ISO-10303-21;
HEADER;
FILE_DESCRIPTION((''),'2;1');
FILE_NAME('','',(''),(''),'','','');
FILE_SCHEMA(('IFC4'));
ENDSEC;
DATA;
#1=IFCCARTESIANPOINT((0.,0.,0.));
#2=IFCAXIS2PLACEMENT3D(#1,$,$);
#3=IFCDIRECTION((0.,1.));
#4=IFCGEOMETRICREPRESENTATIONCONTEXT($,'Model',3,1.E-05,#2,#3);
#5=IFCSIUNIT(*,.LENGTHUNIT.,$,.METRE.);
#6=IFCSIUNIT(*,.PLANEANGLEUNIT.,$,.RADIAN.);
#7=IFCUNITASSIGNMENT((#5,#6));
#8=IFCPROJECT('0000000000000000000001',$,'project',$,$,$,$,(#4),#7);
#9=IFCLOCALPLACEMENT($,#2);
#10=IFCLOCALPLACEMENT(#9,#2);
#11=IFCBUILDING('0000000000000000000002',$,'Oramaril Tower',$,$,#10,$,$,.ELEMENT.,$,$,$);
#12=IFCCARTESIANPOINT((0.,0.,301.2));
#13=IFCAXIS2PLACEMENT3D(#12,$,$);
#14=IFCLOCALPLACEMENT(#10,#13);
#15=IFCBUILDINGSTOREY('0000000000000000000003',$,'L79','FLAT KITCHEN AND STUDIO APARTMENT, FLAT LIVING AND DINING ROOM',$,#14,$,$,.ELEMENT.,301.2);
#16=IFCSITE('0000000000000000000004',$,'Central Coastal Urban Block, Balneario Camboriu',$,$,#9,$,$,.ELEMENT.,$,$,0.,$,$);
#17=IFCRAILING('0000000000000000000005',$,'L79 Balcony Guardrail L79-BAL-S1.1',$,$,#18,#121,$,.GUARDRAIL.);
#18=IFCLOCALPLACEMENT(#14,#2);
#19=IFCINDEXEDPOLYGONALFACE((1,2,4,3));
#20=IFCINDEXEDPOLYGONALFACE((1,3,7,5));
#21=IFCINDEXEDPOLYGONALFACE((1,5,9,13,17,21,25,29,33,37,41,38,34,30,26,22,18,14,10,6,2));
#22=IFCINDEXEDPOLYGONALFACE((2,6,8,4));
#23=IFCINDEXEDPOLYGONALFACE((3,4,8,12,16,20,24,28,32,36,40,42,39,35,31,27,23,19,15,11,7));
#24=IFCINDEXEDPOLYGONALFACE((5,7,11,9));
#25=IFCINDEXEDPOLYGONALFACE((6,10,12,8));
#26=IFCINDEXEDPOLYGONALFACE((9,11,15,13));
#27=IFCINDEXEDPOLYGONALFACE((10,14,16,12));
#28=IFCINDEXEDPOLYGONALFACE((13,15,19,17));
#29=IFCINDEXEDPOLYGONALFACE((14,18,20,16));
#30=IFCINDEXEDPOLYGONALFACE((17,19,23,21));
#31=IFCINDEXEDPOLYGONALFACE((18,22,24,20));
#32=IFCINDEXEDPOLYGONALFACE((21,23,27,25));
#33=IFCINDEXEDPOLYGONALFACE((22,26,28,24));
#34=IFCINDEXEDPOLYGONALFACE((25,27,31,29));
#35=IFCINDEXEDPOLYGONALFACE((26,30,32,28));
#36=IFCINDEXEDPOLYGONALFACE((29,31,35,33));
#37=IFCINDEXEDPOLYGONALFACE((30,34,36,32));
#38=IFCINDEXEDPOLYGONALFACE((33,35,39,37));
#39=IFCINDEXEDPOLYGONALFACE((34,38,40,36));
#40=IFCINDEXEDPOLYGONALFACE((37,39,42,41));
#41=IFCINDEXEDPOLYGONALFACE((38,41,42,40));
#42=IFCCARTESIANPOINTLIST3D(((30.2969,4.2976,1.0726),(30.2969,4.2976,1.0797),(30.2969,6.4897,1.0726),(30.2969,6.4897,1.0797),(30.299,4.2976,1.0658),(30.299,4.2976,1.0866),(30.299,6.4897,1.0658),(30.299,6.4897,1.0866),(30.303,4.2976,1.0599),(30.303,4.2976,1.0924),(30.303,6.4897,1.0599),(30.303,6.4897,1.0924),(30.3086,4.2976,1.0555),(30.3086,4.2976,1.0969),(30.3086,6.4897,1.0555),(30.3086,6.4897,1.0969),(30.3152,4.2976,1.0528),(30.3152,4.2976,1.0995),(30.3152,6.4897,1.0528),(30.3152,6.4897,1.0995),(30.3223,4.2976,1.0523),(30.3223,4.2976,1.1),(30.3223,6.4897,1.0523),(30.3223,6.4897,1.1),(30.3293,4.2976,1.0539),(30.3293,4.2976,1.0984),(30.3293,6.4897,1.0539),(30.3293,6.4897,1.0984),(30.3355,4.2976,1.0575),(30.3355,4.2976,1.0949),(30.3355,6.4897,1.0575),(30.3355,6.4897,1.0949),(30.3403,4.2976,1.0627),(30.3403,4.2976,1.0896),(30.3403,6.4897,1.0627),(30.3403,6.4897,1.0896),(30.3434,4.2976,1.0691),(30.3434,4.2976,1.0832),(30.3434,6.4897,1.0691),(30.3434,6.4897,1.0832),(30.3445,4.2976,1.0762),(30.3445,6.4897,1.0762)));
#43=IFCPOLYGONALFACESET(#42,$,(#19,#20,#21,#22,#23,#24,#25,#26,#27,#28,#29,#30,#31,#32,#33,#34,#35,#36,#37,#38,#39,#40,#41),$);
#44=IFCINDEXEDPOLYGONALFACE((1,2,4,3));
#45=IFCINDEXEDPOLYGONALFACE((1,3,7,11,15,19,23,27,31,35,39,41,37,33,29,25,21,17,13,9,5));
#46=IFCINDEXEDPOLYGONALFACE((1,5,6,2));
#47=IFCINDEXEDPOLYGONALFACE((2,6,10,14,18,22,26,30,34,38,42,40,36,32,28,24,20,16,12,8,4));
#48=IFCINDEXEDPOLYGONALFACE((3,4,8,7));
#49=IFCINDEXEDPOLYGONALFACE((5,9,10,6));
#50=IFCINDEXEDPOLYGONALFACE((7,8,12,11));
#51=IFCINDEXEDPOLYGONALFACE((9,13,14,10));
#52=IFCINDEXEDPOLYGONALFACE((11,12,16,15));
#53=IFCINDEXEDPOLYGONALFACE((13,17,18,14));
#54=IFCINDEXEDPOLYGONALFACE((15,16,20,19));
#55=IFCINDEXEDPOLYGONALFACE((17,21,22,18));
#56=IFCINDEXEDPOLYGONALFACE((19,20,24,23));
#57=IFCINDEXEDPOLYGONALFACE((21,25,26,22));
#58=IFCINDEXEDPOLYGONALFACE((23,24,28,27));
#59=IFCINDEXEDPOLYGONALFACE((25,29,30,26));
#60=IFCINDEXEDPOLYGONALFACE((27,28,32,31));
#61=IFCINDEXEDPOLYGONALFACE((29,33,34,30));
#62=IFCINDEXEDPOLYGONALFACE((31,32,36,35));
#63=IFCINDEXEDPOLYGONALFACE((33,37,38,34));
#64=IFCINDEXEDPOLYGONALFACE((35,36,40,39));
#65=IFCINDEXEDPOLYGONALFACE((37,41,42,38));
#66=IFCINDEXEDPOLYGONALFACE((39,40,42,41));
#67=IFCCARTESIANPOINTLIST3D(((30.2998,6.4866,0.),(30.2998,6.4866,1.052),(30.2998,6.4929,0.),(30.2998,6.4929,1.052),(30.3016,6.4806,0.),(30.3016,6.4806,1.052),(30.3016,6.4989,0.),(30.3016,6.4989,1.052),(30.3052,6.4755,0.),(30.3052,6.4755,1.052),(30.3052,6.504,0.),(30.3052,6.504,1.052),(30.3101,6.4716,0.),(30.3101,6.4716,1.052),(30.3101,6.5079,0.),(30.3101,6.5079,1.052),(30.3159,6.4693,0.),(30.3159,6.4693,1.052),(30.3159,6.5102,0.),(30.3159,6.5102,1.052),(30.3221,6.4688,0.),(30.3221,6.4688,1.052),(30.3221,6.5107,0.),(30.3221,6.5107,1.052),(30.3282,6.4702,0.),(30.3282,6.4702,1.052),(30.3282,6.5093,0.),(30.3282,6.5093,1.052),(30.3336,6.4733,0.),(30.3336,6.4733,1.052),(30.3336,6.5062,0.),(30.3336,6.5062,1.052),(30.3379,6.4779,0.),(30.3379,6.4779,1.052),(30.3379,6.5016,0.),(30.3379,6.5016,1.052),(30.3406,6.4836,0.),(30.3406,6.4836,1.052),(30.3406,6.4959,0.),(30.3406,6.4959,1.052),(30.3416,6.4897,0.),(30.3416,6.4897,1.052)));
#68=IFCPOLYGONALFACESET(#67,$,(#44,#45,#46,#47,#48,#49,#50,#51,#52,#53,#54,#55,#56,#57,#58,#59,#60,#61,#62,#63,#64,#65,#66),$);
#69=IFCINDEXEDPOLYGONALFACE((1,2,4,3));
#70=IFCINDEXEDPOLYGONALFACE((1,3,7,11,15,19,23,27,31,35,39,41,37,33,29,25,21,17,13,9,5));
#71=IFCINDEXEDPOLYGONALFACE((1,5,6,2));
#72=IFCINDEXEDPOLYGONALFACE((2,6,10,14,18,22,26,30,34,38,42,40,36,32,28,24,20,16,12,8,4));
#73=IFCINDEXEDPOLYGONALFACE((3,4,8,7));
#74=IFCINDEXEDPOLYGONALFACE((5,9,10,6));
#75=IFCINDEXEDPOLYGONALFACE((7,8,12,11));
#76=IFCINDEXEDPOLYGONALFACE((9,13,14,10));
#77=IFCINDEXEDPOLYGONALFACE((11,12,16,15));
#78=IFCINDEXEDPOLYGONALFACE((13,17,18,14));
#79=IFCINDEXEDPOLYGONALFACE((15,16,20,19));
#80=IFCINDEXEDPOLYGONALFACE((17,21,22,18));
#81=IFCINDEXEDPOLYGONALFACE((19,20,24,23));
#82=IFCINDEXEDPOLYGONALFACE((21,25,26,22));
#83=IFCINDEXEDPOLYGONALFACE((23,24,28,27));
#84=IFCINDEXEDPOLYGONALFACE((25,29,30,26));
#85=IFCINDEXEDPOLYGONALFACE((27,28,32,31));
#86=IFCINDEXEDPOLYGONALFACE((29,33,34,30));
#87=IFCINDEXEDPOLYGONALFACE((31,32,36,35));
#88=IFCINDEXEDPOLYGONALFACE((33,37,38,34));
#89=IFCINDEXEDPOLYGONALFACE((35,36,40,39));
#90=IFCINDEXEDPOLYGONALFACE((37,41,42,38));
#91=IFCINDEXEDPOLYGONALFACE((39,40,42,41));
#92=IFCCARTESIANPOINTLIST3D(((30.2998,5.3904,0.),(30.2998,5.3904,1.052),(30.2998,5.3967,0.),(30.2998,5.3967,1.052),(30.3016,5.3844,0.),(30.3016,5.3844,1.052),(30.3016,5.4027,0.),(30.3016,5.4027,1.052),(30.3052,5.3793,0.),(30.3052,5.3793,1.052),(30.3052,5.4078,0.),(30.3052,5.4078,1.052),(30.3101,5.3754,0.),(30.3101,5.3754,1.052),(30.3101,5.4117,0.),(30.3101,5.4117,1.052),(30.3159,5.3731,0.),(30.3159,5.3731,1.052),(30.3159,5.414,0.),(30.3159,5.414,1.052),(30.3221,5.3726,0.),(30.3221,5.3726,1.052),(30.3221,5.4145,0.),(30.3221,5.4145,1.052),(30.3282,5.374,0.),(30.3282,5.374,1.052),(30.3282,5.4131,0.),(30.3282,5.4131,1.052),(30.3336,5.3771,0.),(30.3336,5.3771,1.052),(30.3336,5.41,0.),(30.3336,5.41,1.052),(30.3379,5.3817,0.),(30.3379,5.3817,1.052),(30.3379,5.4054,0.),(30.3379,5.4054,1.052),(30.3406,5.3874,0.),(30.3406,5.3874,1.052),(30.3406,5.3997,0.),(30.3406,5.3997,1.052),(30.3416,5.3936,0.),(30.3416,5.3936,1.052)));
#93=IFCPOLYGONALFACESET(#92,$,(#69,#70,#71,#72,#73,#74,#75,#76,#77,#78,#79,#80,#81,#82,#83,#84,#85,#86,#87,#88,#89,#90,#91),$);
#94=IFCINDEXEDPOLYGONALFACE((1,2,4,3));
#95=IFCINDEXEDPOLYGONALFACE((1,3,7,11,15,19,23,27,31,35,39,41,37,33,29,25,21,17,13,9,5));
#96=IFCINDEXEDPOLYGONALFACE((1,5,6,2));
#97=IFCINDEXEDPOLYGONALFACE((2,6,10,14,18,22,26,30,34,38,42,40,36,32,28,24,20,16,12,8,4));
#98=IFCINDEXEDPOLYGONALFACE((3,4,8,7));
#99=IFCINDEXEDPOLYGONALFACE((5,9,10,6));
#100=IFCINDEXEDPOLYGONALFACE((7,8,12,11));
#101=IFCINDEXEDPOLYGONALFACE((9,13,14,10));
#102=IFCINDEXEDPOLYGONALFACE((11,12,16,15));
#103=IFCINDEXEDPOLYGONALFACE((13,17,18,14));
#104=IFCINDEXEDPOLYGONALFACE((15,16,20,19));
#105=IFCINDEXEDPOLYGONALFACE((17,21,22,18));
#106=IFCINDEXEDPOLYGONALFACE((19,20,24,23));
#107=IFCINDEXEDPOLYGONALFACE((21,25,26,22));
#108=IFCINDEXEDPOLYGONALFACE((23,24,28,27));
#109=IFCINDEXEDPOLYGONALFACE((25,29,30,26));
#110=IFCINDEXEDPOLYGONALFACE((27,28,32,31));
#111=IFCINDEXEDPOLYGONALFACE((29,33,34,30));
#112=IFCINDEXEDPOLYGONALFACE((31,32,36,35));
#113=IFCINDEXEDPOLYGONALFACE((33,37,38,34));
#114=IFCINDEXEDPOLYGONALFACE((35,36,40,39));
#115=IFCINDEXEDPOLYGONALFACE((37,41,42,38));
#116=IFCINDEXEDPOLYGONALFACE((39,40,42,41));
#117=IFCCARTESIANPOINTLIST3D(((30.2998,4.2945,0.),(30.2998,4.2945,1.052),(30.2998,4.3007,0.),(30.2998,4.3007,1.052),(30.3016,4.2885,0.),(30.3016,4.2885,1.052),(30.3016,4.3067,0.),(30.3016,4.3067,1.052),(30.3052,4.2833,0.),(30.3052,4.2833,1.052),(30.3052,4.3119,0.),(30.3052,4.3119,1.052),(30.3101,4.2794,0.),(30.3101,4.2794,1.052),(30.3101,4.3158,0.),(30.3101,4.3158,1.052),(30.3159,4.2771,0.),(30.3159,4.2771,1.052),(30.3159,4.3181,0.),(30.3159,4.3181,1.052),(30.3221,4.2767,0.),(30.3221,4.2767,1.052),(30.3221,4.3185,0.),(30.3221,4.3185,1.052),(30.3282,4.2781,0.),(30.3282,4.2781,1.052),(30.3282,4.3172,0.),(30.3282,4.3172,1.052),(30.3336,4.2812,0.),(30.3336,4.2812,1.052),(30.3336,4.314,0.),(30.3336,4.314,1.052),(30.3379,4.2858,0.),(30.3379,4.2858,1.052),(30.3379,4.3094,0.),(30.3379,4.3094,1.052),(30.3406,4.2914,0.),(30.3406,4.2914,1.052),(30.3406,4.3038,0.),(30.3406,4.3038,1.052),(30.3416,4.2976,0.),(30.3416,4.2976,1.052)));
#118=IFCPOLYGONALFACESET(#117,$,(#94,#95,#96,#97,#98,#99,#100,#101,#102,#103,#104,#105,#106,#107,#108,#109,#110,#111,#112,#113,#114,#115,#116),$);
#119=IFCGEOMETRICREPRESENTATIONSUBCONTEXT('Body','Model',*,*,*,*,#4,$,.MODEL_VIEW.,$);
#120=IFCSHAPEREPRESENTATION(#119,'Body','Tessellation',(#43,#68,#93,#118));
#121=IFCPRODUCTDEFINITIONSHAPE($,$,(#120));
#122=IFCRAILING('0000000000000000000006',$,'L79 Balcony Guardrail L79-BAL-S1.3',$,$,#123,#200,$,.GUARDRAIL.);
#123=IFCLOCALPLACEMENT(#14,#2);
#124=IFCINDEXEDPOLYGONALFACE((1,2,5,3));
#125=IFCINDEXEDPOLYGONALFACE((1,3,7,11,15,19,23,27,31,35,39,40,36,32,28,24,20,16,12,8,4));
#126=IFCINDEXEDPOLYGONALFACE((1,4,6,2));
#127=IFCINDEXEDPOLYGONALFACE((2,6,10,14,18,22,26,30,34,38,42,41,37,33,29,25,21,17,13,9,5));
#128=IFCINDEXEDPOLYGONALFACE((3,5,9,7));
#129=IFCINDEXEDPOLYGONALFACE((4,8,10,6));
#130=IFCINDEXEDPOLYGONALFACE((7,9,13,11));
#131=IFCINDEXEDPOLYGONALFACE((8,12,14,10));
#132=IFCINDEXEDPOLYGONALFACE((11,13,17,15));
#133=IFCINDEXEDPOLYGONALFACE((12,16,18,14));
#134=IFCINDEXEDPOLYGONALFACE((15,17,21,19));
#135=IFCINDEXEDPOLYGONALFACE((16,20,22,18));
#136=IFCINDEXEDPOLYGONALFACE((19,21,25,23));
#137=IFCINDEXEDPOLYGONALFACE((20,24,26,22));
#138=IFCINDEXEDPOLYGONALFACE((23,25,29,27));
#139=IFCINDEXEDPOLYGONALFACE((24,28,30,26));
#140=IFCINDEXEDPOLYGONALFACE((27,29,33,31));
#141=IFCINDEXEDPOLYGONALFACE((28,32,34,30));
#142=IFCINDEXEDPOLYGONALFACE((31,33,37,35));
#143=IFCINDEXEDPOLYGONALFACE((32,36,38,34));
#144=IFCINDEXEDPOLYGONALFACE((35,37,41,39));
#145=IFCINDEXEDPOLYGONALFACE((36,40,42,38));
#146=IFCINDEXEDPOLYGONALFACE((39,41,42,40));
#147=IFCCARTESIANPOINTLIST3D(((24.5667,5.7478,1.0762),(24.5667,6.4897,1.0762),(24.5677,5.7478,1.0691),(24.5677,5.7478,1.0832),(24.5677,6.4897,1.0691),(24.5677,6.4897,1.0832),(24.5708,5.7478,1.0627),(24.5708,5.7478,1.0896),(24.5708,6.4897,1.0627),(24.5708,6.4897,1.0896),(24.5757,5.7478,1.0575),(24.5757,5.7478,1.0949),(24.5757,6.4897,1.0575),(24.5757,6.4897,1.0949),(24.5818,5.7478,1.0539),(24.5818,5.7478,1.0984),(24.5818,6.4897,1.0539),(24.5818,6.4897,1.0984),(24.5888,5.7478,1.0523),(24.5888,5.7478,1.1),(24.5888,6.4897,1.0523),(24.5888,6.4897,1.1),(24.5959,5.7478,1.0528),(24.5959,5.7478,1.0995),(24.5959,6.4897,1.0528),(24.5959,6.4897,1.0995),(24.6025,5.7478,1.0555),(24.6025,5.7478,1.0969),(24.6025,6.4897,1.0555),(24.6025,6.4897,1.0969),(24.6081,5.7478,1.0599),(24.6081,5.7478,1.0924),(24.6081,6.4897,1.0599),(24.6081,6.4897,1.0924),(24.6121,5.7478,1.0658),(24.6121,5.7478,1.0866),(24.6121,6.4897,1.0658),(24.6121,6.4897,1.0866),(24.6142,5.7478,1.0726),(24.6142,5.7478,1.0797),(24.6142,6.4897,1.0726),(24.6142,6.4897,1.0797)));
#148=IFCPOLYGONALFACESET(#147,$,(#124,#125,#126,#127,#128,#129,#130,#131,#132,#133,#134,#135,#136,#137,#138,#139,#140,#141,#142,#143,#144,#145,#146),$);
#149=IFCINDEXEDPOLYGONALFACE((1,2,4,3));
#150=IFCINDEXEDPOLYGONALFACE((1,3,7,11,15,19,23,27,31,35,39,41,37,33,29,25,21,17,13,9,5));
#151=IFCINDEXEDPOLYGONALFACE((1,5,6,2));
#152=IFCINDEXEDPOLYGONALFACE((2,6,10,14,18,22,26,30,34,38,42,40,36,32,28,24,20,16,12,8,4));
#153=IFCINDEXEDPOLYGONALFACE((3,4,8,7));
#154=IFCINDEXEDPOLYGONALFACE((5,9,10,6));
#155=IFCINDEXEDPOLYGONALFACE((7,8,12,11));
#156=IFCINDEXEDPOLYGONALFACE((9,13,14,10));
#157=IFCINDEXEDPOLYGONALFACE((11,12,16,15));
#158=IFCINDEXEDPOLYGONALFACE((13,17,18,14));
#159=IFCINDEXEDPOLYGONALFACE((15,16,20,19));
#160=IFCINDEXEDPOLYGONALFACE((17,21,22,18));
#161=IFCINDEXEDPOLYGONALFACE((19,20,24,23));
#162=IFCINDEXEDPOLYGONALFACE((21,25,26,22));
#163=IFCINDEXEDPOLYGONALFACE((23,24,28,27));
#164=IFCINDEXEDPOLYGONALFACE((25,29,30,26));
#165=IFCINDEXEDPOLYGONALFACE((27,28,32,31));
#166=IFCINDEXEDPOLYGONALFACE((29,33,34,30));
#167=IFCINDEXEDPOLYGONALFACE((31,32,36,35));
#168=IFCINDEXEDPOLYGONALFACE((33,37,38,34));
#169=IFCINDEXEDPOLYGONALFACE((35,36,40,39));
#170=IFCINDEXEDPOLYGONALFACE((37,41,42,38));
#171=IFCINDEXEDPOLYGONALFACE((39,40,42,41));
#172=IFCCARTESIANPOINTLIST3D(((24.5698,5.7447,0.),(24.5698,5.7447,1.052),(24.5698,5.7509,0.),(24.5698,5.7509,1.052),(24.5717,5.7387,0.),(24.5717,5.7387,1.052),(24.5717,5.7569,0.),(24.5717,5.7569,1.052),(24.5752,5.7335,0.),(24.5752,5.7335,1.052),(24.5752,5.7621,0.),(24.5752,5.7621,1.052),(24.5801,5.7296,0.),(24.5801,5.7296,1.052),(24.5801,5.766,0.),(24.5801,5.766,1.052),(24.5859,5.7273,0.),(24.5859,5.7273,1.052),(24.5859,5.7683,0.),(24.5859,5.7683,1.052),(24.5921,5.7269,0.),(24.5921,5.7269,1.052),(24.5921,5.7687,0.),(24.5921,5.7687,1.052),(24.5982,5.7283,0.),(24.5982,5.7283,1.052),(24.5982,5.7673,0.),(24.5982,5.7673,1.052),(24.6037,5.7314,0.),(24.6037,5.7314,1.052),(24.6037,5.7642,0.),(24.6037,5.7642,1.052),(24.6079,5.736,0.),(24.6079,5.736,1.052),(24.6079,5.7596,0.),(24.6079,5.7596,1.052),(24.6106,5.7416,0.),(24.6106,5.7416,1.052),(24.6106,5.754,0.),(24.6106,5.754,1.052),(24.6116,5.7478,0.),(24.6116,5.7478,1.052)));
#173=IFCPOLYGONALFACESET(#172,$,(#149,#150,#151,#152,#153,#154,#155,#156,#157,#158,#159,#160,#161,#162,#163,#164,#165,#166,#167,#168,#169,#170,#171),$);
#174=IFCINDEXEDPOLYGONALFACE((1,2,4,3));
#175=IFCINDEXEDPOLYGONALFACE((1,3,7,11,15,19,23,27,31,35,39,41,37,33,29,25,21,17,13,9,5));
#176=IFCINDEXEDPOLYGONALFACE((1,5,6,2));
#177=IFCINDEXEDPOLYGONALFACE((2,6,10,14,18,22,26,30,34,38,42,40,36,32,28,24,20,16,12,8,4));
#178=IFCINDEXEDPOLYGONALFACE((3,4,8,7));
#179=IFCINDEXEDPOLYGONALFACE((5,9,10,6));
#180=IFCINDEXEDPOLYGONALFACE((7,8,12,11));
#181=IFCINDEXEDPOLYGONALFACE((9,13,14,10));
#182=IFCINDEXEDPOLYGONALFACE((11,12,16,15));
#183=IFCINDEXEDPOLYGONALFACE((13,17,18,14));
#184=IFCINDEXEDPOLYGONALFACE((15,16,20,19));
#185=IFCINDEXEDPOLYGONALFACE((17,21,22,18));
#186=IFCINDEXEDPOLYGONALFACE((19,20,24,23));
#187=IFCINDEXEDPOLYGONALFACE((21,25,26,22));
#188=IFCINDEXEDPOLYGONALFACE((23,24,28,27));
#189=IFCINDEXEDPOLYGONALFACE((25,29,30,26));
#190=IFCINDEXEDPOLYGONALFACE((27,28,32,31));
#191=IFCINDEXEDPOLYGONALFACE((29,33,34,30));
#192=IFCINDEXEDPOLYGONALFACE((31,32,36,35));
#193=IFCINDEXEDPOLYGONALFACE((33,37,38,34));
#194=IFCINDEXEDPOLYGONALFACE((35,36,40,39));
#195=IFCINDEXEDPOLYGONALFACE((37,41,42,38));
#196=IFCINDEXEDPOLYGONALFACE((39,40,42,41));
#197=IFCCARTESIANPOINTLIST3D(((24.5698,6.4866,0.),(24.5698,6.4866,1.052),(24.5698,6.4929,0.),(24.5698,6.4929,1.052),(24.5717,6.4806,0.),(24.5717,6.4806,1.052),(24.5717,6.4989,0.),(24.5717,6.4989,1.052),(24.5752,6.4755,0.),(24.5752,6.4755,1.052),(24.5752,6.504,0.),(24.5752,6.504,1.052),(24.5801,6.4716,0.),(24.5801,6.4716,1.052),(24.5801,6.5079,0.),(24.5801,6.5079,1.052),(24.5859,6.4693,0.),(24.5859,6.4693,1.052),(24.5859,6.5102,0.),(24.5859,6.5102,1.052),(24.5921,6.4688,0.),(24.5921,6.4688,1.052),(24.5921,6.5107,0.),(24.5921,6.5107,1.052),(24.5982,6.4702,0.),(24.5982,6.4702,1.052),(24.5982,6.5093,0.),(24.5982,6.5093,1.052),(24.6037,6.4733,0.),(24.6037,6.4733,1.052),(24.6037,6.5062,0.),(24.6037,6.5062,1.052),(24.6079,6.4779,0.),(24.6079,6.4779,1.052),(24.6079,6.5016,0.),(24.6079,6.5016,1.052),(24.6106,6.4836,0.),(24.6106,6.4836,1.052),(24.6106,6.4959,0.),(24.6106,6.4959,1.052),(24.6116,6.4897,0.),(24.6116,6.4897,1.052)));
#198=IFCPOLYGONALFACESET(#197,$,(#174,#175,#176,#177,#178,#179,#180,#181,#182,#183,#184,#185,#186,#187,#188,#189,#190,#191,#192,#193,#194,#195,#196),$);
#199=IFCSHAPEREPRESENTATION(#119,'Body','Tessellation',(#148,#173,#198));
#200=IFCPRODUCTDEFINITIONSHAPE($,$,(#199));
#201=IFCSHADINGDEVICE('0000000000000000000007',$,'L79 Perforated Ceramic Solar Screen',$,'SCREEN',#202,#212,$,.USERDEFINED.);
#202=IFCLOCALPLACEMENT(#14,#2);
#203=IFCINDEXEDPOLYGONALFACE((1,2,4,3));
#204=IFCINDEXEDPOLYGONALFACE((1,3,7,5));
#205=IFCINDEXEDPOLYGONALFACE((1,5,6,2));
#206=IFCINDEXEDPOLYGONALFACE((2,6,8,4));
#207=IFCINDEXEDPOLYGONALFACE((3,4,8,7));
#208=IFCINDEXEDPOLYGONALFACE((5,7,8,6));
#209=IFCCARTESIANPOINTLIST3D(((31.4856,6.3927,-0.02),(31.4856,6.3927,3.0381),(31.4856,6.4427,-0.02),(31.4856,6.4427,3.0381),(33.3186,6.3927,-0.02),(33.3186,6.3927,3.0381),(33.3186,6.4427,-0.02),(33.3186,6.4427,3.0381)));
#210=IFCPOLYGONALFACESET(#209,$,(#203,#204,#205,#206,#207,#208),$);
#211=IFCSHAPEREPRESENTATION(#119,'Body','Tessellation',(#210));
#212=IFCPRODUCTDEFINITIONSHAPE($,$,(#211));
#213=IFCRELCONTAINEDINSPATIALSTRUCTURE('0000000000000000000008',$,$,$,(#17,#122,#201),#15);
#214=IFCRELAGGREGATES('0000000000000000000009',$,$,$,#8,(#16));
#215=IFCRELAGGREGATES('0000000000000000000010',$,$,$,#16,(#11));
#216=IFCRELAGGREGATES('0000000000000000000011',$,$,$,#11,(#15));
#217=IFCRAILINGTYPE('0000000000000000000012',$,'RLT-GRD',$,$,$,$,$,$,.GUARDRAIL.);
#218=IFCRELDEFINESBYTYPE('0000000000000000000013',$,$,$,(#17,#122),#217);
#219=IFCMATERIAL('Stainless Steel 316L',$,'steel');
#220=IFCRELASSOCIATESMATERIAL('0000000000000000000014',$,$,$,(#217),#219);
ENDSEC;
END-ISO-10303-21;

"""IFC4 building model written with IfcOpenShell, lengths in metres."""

from ifc_helpers import new_model, si_unit, direction, frame, origin, origin_2d, place, context, subcontext, project, spatial, rectangle, circle, extrude, material, type_object, element, save


model = new_model("IFC4")

# Units and contexts
model_context = context("Model", 3, precision=1e-05, world=origin(), true_north=direction((0.0, 1.0)))
body_context = subcontext(model_context, "Body", "Model", "MODEL_VIEW")
ifc_project = project(units=[si_unit("LENGTHUNIT", "METRE"), si_unit("PLANEANGLEUNIT", "RADIAN")], contexts=[model_context])

# Site, building, storey
site_placement = place(None, origin())
site = spatial("IfcSite", under=ifc_project, at=site_placement, Name="Central Coastal Urban Block, Balneario Camboriu", CompositionType="ELEMENT", RefElevation=0.0)
building_placement = place(site_placement, origin())
building = spatial("IfcBuilding", under=site, at=building_placement, Name="Oramaril Tower", CompositionType="ELEMENT")
storey_placement = place(building_placement, frame((0.0, 0.0, 301.2)))
storey = spatial("IfcBuildingStorey", under=building, at=storey_placement, Name="L79", Description="FLAT KITCHEN AND STUDIO APARTMENT, FLAT LIVING AND DINING ROOM", CompositionType="ELEMENT", Elevation=301.2)

# Railings
ifc_material_1 = material(Name="Stainless Steel 316L", Category="steel")
railing_type = type_object("IfcRailingType", Name="RLT-GRD", PredefinedType="GUARDRAIL", material=ifc_material_1)
railing_1_placement = place(storey_placement, frame((30.3206, 6.4897, 0.0)))
element("IfcRailing", 1, at=railing_1_placement, inside=storey, type_object=railing_type, Name="L79 Balcony Guardrail L79-BAL-S1.1", PredefinedType="GUARDRAIL", context=body_context, shape_type="SweptSolid", body=[
    extrude(circle(Radius=0.0239, at=origin_2d()), frame((0.0, 0.0, 1.0762), z_axis=(0.0, -1.0, 0.0), x_axis=(1.0, 0.0, 0.0)), (0.0, 0.0, 1.0), 2.1921),
    extrude(circle(Radius=0.021, at=origin_2d()), origin(), (0.0, 0.0, 1.0), 1.052),
    extrude(circle(Radius=0.021, at=origin_2d()), frame((0.0, -1.0962, 0.0)), (0.0, 0.0, 1.0), 1.052),
    extrude(circle(Radius=0.021, at=origin_2d()), frame((0.0, -2.1921, 0.0)), (0.0, 0.0, 1.0), 1.052),
])
railing_2_placement = place(storey_placement, frame((24.5906, 5.7478, 0.0)))
element("IfcRailing", 2, at=railing_2_placement, inside=storey, type_object=railing_type, Name="L79 Balcony Guardrail L79-BAL-S1.3", PredefinedType="GUARDRAIL", context=body_context, shape_type="SweptSolid", body=[
    extrude(circle(Radius=0.0239, at=origin_2d()), frame((0.0, 0.0, 1.0762), z_axis=(0.0, 1.0, 0.0), x_axis=(-1.0, 0.0, 0.0)), (0.0, 0.0, 1.0), 0.7419),
    extrude(circle(Radius=0.021, at=origin_2d()), origin(), (0.0, 0.0, 1.0), 1.052),
    extrude(circle(Radius=0.021, at=origin_2d()), frame((0.0, 0.7419, 0.0)), (0.0, 0.0, 1.0), 1.052),
])

# Shading device
for number, where, z_axis, x_axis, name in (
    (3, (32.4021, 6.4177, -0.02), (0.0, 0.0, 1.0), (1.0, 0.0, 0.0), "L79 Perforated Ceramic Solar Screen"),
):
    element("IfcShadingDevice", number, at=place(storey_placement, frame(where, z_axis=z_axis, x_axis=x_axis)), inside=storey, Name=name, ObjectType="SCREEN", PredefinedType="USERDEFINED", context=body_context, shape_type="SweptSolid", body=[
        extrude(rectangle(XDim=1.833, YDim=0.05, at=origin_2d()), origin(), (0.0, 0.0, 1.0), 3.0581),
    ])

save(model, "model.ifc")
